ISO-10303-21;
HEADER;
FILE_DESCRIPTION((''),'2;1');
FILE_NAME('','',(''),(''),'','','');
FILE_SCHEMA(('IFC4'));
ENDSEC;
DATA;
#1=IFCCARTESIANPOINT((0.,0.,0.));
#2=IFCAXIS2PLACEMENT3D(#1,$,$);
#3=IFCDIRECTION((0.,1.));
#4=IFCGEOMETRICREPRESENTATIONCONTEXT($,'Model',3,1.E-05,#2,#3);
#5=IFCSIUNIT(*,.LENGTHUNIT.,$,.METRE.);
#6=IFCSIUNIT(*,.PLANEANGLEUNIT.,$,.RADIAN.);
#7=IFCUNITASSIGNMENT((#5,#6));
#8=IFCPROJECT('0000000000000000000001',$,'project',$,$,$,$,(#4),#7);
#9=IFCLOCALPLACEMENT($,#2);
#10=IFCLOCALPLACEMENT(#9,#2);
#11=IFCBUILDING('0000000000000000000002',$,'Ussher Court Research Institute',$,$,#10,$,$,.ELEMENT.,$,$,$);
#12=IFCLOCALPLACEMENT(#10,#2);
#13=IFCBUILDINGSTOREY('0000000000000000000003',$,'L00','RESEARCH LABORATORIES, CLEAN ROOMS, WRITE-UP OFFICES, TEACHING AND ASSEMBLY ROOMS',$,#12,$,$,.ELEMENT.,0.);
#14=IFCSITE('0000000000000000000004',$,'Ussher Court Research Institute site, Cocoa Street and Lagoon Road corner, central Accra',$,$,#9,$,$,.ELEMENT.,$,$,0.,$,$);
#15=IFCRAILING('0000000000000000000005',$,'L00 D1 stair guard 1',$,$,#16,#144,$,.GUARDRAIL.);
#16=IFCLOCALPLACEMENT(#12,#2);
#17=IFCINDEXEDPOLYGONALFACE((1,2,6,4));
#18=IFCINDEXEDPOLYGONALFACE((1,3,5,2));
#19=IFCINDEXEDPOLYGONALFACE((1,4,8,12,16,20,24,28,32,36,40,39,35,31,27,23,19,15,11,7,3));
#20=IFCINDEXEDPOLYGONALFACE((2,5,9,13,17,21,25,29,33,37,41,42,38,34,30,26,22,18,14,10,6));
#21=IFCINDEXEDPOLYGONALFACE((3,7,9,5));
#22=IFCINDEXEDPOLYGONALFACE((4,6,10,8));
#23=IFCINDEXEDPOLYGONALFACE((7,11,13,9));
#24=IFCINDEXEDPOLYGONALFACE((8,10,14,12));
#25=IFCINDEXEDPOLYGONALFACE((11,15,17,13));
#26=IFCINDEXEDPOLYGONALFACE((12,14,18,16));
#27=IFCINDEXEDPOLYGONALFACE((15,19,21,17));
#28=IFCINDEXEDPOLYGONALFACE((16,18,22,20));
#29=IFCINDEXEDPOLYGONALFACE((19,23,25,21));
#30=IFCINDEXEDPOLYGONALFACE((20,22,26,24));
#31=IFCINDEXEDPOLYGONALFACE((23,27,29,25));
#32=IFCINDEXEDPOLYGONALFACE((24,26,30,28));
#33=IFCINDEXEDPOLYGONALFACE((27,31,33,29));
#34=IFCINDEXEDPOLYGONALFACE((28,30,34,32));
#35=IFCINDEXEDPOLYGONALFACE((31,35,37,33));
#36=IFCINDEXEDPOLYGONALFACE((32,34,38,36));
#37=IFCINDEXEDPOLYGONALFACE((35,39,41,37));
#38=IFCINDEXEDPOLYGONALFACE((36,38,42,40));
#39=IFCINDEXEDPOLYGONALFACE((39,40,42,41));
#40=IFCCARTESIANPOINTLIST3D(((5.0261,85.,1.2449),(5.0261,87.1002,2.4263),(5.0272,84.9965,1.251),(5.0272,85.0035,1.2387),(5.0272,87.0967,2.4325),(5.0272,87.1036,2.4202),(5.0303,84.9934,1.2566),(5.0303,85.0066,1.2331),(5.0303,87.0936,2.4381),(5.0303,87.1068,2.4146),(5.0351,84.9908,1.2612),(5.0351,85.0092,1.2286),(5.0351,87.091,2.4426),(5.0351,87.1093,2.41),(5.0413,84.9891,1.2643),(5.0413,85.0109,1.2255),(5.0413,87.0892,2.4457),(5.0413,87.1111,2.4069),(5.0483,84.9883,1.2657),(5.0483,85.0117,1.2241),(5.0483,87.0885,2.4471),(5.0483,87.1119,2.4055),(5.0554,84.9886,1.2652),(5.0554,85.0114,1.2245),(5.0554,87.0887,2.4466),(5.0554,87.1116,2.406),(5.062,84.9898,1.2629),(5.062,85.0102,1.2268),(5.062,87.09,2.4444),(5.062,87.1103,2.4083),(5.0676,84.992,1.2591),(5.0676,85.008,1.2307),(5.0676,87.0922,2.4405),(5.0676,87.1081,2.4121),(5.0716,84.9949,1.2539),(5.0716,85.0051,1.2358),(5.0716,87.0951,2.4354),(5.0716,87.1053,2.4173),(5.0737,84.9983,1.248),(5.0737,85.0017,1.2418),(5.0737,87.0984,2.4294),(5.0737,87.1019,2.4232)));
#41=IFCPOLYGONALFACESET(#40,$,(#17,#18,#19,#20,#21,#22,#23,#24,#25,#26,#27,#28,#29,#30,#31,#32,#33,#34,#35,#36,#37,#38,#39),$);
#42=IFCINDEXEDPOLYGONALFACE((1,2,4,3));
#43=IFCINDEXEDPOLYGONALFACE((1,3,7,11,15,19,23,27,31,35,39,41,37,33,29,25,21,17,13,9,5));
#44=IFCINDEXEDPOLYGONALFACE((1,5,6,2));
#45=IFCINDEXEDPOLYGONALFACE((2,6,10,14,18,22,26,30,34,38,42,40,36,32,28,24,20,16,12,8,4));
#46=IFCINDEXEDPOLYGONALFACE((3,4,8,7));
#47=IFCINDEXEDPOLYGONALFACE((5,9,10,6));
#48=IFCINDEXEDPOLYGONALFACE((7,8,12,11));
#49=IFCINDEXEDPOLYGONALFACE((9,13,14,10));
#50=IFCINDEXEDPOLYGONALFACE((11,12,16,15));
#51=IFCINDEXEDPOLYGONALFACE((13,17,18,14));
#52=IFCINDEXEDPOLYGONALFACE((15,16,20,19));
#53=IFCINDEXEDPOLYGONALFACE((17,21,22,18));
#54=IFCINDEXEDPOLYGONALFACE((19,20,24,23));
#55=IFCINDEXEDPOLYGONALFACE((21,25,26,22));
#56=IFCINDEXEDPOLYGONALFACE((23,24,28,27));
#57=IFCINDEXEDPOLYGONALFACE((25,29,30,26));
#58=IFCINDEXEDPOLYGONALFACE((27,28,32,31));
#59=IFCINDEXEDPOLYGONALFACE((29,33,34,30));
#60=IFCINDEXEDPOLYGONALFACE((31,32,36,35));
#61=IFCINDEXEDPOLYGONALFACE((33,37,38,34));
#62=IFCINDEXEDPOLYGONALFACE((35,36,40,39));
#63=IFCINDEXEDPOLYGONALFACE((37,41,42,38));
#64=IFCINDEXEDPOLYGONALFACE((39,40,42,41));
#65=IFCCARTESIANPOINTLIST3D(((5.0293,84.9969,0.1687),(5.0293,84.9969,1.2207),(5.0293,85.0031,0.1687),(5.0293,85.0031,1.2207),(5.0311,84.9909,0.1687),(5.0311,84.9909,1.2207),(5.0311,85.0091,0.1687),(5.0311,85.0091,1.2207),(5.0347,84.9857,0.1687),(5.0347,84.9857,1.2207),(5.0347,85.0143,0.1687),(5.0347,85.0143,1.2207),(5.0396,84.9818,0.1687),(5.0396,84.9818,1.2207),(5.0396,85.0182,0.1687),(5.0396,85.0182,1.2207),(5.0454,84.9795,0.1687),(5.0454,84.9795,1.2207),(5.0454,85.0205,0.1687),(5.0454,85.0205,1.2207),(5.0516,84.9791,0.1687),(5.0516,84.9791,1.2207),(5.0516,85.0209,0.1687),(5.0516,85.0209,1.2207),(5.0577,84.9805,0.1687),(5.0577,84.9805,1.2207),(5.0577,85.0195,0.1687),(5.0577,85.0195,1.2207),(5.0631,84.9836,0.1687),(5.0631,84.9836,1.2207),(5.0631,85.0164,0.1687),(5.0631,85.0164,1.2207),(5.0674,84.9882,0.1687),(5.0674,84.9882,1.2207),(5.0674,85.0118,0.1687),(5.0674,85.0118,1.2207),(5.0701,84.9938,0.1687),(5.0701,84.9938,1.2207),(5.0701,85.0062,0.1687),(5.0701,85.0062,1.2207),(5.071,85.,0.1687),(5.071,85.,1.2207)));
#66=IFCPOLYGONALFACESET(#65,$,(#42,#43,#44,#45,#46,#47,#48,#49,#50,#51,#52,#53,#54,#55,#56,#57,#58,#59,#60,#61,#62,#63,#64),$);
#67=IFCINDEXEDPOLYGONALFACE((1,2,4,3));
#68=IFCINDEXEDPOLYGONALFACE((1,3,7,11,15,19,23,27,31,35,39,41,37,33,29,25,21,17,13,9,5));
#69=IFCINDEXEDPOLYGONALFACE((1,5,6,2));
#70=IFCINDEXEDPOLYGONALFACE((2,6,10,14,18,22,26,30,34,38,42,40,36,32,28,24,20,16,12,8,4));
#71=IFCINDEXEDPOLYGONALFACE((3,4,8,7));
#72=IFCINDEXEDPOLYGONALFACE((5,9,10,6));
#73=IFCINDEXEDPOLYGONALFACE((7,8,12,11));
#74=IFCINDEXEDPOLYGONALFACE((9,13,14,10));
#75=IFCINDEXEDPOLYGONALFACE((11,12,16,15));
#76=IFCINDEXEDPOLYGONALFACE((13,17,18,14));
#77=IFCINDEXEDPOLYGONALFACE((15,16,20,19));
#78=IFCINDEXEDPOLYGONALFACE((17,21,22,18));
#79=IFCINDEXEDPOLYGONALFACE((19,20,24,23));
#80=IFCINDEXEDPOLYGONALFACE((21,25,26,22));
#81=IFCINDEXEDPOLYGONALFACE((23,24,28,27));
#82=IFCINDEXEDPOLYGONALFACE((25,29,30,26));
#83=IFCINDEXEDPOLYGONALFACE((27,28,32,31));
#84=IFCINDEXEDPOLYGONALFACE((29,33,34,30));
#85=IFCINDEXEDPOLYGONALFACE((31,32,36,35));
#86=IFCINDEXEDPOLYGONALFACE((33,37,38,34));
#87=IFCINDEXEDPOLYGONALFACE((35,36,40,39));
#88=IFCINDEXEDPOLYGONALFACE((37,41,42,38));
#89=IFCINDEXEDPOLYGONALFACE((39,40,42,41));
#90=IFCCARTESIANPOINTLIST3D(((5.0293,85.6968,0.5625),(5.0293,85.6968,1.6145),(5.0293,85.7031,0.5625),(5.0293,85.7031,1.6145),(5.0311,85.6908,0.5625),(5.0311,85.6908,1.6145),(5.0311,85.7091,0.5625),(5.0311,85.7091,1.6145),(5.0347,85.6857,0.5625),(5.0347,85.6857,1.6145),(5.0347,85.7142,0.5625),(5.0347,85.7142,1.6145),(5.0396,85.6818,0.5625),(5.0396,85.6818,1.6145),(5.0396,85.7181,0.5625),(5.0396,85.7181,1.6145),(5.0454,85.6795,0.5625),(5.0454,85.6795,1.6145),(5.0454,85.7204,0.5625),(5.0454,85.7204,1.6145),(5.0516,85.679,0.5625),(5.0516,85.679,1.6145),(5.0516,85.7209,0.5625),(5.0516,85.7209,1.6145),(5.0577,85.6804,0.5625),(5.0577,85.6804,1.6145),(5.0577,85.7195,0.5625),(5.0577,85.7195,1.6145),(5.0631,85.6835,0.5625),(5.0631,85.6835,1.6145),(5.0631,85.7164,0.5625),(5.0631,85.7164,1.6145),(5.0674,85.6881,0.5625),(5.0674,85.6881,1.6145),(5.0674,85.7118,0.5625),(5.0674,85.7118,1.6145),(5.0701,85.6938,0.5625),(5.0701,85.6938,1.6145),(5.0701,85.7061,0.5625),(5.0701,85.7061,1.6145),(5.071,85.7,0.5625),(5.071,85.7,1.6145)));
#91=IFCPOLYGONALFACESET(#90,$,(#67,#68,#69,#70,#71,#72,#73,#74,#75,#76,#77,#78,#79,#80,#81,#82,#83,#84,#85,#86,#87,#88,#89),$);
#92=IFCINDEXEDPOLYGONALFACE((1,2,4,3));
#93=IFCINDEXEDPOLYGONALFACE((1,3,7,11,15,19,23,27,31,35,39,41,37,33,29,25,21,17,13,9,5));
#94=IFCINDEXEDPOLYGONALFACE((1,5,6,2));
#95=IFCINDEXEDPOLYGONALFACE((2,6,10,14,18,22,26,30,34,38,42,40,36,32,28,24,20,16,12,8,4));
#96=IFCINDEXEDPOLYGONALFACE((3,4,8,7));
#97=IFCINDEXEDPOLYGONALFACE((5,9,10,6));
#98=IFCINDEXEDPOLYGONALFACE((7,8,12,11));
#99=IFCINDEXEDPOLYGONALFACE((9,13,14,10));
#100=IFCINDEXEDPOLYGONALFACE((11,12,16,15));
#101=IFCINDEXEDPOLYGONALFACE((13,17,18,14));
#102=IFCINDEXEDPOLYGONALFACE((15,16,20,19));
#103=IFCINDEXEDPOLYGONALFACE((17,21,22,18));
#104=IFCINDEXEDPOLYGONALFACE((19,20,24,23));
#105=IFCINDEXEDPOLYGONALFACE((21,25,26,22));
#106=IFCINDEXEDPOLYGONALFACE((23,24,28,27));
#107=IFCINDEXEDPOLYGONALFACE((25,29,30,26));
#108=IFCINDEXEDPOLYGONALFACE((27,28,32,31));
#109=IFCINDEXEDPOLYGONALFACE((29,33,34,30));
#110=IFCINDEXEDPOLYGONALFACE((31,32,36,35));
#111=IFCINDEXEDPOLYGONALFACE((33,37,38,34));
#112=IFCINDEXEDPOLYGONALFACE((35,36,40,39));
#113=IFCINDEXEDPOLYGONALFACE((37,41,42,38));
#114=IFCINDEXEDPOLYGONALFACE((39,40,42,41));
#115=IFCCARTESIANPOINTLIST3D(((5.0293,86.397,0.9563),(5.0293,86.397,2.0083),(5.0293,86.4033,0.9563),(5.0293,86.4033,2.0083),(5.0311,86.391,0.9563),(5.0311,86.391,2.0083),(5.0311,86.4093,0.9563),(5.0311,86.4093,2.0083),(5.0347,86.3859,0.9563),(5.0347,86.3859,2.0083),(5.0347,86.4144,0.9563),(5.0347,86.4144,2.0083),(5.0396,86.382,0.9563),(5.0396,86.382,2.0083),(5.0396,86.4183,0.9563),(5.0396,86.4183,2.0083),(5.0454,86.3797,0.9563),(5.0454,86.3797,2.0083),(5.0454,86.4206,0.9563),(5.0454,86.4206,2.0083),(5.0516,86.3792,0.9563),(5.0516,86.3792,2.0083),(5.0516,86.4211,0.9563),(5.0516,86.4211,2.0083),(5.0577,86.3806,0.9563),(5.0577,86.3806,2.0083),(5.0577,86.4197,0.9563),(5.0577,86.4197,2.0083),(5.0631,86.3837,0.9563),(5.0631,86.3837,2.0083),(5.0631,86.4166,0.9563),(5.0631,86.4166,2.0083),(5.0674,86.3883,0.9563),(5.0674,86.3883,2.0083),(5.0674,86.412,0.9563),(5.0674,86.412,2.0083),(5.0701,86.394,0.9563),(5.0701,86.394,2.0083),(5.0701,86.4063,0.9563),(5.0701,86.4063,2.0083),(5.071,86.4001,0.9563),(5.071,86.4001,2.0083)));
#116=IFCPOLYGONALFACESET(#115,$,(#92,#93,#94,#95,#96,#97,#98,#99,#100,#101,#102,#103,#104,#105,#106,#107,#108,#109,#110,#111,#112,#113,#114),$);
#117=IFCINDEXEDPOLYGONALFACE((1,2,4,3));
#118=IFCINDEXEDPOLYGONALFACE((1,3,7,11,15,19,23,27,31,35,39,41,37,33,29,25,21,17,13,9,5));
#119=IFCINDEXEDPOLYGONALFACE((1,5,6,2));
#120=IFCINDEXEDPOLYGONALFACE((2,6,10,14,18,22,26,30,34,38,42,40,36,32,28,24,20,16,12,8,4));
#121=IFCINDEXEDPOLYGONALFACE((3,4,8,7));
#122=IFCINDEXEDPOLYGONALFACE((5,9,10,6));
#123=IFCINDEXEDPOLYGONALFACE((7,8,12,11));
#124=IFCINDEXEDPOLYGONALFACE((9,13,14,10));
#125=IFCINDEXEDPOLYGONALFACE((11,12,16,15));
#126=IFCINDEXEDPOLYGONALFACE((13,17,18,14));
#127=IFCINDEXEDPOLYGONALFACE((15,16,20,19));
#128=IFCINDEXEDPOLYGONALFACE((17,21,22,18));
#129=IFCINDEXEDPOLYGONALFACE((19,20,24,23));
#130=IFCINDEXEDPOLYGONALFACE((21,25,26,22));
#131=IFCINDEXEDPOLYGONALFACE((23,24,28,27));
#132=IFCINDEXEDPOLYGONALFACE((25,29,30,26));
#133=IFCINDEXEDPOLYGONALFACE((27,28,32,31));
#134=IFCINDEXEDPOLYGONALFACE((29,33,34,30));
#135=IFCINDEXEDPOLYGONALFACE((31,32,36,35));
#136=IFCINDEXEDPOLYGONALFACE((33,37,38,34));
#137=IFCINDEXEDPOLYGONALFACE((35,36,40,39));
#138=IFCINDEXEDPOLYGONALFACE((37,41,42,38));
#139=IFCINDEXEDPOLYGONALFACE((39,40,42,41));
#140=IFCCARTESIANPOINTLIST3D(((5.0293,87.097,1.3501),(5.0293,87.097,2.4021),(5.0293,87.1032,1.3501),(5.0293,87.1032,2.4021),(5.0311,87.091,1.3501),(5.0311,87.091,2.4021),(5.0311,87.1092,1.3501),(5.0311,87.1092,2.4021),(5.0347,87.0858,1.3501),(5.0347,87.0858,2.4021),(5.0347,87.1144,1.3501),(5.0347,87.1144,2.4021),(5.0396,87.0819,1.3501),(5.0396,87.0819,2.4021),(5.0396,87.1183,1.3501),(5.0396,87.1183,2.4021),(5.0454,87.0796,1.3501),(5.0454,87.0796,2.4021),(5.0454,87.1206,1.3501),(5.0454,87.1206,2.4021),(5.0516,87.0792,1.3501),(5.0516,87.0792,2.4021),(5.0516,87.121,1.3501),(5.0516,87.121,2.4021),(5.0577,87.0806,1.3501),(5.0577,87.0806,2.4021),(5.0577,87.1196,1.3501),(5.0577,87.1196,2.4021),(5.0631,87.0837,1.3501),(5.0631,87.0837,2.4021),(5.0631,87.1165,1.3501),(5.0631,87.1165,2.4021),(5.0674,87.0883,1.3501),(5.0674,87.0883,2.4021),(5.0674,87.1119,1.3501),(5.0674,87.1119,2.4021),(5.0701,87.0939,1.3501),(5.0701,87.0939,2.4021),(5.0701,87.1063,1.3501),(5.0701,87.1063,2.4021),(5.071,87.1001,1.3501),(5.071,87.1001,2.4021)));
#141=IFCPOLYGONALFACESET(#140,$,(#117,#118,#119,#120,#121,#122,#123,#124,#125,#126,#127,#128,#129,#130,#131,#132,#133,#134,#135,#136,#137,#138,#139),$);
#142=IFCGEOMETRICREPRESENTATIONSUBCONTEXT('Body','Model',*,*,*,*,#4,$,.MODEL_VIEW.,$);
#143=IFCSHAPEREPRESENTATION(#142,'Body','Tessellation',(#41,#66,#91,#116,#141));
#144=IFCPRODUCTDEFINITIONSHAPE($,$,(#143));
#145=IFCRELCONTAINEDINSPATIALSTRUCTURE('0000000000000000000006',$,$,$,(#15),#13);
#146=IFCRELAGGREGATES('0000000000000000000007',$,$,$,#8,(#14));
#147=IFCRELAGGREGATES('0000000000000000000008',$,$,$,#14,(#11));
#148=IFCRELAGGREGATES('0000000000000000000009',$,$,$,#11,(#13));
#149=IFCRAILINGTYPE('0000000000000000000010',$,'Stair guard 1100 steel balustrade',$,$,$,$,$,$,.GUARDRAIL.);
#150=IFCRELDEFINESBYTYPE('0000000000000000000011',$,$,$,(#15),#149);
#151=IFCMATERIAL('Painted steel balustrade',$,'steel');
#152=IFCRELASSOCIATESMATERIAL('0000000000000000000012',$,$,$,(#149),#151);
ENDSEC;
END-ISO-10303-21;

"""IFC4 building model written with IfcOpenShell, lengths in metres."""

from ifc_helpers import new_model, si_unit, direction, frame, origin, origin_2d, place, context, subcontext, project, spatial, circle, extrude, material, type_object, element, save


model = new_model("IFC4")

# Units and contexts
model_context = context("Model", 3, precision=1e-05, world=origin(), true_north=direction((0.0, 1.0)))
body_context = subcontext(model_context, "Body", "Model", "MODEL_VIEW")
ifc_project = project(units=[si_unit("LENGTHUNIT", "METRE"), si_unit("PLANEANGLEUNIT", "RADIAN")], contexts=[model_context])

# Site, building, storey
site_placement = place(None, origin())
site = spatial("IfcSite", under=ifc_project, at=site_placement, Name="Ussher Court Research Institute site, Cocoa Street and Lagoon Road corner, central Accra", CompositionType="ELEMENT", RefElevation=0.0)
building_placement = place(site_placement, origin())
building = spatial("IfcBuilding", under=site, at=building_placement, Name="Ussher Court Research Institute", CompositionType="ELEMENT")
storey_placement = place(building_placement, origin())
storey = spatial("IfcBuildingStorey", under=building, at=storey_placement, Name="L00", Description="RESEARCH LABORATORIES, CLEAN ROOMS, WRITE-UP OFFICES, TEACHING AND ASSEMBLY ROOMS", CompositionType="ELEMENT", Elevation=0.0)

# Railing
ifc_material_1 = material(Name="Painted steel balustrade", Category="steel")
railing_type = type_object("IfcRailingType", Name="Stair guard 1100 steel balustrade", PredefinedType="GUARDRAIL", material=ifc_material_1)
railing_1_placement = place(storey_placement, frame((5.05, 85.0, 0.1687)))
element("IfcRailing", 1, at=railing_1_placement, inside=storey, type_object=railing_type, Name="L00 D1 stair guard 1", PredefinedType="GUARDRAIL", context=body_context, shape_type="SweptSolid", body=[
    extrude(circle(Radius=0.0239, at=origin_2d()), frame((0.0, 0.0, 1.0762), z_axis=(0.0, 0.871559, 0.49029), x_axis=(-1.0, 0.0, 0.0)), (0.0, 0.0, 1.0), 2.4097),
    extrude(circle(Radius=0.021, at=origin_2d()), origin(), (0.0, 0.0, 1.0), 1.052),
    extrude(circle(Radius=0.021, at=origin_2d()), frame((0.0, 0.7, 0.3938)), (0.0, 0.0, 1.0), 1.052),
    extrude(circle(Radius=0.021, at=origin_2d()), frame((0.0, 1.4001, 0.7876)), (0.0, 0.0, 1.0), 1.052),
    extrude(circle(Radius=0.021, at=origin_2d()), frame((0.0, 2.1001, 1.1814)), (0.0, 0.0, 1.0), 1.052),
])

save(model, "model.ifc")
